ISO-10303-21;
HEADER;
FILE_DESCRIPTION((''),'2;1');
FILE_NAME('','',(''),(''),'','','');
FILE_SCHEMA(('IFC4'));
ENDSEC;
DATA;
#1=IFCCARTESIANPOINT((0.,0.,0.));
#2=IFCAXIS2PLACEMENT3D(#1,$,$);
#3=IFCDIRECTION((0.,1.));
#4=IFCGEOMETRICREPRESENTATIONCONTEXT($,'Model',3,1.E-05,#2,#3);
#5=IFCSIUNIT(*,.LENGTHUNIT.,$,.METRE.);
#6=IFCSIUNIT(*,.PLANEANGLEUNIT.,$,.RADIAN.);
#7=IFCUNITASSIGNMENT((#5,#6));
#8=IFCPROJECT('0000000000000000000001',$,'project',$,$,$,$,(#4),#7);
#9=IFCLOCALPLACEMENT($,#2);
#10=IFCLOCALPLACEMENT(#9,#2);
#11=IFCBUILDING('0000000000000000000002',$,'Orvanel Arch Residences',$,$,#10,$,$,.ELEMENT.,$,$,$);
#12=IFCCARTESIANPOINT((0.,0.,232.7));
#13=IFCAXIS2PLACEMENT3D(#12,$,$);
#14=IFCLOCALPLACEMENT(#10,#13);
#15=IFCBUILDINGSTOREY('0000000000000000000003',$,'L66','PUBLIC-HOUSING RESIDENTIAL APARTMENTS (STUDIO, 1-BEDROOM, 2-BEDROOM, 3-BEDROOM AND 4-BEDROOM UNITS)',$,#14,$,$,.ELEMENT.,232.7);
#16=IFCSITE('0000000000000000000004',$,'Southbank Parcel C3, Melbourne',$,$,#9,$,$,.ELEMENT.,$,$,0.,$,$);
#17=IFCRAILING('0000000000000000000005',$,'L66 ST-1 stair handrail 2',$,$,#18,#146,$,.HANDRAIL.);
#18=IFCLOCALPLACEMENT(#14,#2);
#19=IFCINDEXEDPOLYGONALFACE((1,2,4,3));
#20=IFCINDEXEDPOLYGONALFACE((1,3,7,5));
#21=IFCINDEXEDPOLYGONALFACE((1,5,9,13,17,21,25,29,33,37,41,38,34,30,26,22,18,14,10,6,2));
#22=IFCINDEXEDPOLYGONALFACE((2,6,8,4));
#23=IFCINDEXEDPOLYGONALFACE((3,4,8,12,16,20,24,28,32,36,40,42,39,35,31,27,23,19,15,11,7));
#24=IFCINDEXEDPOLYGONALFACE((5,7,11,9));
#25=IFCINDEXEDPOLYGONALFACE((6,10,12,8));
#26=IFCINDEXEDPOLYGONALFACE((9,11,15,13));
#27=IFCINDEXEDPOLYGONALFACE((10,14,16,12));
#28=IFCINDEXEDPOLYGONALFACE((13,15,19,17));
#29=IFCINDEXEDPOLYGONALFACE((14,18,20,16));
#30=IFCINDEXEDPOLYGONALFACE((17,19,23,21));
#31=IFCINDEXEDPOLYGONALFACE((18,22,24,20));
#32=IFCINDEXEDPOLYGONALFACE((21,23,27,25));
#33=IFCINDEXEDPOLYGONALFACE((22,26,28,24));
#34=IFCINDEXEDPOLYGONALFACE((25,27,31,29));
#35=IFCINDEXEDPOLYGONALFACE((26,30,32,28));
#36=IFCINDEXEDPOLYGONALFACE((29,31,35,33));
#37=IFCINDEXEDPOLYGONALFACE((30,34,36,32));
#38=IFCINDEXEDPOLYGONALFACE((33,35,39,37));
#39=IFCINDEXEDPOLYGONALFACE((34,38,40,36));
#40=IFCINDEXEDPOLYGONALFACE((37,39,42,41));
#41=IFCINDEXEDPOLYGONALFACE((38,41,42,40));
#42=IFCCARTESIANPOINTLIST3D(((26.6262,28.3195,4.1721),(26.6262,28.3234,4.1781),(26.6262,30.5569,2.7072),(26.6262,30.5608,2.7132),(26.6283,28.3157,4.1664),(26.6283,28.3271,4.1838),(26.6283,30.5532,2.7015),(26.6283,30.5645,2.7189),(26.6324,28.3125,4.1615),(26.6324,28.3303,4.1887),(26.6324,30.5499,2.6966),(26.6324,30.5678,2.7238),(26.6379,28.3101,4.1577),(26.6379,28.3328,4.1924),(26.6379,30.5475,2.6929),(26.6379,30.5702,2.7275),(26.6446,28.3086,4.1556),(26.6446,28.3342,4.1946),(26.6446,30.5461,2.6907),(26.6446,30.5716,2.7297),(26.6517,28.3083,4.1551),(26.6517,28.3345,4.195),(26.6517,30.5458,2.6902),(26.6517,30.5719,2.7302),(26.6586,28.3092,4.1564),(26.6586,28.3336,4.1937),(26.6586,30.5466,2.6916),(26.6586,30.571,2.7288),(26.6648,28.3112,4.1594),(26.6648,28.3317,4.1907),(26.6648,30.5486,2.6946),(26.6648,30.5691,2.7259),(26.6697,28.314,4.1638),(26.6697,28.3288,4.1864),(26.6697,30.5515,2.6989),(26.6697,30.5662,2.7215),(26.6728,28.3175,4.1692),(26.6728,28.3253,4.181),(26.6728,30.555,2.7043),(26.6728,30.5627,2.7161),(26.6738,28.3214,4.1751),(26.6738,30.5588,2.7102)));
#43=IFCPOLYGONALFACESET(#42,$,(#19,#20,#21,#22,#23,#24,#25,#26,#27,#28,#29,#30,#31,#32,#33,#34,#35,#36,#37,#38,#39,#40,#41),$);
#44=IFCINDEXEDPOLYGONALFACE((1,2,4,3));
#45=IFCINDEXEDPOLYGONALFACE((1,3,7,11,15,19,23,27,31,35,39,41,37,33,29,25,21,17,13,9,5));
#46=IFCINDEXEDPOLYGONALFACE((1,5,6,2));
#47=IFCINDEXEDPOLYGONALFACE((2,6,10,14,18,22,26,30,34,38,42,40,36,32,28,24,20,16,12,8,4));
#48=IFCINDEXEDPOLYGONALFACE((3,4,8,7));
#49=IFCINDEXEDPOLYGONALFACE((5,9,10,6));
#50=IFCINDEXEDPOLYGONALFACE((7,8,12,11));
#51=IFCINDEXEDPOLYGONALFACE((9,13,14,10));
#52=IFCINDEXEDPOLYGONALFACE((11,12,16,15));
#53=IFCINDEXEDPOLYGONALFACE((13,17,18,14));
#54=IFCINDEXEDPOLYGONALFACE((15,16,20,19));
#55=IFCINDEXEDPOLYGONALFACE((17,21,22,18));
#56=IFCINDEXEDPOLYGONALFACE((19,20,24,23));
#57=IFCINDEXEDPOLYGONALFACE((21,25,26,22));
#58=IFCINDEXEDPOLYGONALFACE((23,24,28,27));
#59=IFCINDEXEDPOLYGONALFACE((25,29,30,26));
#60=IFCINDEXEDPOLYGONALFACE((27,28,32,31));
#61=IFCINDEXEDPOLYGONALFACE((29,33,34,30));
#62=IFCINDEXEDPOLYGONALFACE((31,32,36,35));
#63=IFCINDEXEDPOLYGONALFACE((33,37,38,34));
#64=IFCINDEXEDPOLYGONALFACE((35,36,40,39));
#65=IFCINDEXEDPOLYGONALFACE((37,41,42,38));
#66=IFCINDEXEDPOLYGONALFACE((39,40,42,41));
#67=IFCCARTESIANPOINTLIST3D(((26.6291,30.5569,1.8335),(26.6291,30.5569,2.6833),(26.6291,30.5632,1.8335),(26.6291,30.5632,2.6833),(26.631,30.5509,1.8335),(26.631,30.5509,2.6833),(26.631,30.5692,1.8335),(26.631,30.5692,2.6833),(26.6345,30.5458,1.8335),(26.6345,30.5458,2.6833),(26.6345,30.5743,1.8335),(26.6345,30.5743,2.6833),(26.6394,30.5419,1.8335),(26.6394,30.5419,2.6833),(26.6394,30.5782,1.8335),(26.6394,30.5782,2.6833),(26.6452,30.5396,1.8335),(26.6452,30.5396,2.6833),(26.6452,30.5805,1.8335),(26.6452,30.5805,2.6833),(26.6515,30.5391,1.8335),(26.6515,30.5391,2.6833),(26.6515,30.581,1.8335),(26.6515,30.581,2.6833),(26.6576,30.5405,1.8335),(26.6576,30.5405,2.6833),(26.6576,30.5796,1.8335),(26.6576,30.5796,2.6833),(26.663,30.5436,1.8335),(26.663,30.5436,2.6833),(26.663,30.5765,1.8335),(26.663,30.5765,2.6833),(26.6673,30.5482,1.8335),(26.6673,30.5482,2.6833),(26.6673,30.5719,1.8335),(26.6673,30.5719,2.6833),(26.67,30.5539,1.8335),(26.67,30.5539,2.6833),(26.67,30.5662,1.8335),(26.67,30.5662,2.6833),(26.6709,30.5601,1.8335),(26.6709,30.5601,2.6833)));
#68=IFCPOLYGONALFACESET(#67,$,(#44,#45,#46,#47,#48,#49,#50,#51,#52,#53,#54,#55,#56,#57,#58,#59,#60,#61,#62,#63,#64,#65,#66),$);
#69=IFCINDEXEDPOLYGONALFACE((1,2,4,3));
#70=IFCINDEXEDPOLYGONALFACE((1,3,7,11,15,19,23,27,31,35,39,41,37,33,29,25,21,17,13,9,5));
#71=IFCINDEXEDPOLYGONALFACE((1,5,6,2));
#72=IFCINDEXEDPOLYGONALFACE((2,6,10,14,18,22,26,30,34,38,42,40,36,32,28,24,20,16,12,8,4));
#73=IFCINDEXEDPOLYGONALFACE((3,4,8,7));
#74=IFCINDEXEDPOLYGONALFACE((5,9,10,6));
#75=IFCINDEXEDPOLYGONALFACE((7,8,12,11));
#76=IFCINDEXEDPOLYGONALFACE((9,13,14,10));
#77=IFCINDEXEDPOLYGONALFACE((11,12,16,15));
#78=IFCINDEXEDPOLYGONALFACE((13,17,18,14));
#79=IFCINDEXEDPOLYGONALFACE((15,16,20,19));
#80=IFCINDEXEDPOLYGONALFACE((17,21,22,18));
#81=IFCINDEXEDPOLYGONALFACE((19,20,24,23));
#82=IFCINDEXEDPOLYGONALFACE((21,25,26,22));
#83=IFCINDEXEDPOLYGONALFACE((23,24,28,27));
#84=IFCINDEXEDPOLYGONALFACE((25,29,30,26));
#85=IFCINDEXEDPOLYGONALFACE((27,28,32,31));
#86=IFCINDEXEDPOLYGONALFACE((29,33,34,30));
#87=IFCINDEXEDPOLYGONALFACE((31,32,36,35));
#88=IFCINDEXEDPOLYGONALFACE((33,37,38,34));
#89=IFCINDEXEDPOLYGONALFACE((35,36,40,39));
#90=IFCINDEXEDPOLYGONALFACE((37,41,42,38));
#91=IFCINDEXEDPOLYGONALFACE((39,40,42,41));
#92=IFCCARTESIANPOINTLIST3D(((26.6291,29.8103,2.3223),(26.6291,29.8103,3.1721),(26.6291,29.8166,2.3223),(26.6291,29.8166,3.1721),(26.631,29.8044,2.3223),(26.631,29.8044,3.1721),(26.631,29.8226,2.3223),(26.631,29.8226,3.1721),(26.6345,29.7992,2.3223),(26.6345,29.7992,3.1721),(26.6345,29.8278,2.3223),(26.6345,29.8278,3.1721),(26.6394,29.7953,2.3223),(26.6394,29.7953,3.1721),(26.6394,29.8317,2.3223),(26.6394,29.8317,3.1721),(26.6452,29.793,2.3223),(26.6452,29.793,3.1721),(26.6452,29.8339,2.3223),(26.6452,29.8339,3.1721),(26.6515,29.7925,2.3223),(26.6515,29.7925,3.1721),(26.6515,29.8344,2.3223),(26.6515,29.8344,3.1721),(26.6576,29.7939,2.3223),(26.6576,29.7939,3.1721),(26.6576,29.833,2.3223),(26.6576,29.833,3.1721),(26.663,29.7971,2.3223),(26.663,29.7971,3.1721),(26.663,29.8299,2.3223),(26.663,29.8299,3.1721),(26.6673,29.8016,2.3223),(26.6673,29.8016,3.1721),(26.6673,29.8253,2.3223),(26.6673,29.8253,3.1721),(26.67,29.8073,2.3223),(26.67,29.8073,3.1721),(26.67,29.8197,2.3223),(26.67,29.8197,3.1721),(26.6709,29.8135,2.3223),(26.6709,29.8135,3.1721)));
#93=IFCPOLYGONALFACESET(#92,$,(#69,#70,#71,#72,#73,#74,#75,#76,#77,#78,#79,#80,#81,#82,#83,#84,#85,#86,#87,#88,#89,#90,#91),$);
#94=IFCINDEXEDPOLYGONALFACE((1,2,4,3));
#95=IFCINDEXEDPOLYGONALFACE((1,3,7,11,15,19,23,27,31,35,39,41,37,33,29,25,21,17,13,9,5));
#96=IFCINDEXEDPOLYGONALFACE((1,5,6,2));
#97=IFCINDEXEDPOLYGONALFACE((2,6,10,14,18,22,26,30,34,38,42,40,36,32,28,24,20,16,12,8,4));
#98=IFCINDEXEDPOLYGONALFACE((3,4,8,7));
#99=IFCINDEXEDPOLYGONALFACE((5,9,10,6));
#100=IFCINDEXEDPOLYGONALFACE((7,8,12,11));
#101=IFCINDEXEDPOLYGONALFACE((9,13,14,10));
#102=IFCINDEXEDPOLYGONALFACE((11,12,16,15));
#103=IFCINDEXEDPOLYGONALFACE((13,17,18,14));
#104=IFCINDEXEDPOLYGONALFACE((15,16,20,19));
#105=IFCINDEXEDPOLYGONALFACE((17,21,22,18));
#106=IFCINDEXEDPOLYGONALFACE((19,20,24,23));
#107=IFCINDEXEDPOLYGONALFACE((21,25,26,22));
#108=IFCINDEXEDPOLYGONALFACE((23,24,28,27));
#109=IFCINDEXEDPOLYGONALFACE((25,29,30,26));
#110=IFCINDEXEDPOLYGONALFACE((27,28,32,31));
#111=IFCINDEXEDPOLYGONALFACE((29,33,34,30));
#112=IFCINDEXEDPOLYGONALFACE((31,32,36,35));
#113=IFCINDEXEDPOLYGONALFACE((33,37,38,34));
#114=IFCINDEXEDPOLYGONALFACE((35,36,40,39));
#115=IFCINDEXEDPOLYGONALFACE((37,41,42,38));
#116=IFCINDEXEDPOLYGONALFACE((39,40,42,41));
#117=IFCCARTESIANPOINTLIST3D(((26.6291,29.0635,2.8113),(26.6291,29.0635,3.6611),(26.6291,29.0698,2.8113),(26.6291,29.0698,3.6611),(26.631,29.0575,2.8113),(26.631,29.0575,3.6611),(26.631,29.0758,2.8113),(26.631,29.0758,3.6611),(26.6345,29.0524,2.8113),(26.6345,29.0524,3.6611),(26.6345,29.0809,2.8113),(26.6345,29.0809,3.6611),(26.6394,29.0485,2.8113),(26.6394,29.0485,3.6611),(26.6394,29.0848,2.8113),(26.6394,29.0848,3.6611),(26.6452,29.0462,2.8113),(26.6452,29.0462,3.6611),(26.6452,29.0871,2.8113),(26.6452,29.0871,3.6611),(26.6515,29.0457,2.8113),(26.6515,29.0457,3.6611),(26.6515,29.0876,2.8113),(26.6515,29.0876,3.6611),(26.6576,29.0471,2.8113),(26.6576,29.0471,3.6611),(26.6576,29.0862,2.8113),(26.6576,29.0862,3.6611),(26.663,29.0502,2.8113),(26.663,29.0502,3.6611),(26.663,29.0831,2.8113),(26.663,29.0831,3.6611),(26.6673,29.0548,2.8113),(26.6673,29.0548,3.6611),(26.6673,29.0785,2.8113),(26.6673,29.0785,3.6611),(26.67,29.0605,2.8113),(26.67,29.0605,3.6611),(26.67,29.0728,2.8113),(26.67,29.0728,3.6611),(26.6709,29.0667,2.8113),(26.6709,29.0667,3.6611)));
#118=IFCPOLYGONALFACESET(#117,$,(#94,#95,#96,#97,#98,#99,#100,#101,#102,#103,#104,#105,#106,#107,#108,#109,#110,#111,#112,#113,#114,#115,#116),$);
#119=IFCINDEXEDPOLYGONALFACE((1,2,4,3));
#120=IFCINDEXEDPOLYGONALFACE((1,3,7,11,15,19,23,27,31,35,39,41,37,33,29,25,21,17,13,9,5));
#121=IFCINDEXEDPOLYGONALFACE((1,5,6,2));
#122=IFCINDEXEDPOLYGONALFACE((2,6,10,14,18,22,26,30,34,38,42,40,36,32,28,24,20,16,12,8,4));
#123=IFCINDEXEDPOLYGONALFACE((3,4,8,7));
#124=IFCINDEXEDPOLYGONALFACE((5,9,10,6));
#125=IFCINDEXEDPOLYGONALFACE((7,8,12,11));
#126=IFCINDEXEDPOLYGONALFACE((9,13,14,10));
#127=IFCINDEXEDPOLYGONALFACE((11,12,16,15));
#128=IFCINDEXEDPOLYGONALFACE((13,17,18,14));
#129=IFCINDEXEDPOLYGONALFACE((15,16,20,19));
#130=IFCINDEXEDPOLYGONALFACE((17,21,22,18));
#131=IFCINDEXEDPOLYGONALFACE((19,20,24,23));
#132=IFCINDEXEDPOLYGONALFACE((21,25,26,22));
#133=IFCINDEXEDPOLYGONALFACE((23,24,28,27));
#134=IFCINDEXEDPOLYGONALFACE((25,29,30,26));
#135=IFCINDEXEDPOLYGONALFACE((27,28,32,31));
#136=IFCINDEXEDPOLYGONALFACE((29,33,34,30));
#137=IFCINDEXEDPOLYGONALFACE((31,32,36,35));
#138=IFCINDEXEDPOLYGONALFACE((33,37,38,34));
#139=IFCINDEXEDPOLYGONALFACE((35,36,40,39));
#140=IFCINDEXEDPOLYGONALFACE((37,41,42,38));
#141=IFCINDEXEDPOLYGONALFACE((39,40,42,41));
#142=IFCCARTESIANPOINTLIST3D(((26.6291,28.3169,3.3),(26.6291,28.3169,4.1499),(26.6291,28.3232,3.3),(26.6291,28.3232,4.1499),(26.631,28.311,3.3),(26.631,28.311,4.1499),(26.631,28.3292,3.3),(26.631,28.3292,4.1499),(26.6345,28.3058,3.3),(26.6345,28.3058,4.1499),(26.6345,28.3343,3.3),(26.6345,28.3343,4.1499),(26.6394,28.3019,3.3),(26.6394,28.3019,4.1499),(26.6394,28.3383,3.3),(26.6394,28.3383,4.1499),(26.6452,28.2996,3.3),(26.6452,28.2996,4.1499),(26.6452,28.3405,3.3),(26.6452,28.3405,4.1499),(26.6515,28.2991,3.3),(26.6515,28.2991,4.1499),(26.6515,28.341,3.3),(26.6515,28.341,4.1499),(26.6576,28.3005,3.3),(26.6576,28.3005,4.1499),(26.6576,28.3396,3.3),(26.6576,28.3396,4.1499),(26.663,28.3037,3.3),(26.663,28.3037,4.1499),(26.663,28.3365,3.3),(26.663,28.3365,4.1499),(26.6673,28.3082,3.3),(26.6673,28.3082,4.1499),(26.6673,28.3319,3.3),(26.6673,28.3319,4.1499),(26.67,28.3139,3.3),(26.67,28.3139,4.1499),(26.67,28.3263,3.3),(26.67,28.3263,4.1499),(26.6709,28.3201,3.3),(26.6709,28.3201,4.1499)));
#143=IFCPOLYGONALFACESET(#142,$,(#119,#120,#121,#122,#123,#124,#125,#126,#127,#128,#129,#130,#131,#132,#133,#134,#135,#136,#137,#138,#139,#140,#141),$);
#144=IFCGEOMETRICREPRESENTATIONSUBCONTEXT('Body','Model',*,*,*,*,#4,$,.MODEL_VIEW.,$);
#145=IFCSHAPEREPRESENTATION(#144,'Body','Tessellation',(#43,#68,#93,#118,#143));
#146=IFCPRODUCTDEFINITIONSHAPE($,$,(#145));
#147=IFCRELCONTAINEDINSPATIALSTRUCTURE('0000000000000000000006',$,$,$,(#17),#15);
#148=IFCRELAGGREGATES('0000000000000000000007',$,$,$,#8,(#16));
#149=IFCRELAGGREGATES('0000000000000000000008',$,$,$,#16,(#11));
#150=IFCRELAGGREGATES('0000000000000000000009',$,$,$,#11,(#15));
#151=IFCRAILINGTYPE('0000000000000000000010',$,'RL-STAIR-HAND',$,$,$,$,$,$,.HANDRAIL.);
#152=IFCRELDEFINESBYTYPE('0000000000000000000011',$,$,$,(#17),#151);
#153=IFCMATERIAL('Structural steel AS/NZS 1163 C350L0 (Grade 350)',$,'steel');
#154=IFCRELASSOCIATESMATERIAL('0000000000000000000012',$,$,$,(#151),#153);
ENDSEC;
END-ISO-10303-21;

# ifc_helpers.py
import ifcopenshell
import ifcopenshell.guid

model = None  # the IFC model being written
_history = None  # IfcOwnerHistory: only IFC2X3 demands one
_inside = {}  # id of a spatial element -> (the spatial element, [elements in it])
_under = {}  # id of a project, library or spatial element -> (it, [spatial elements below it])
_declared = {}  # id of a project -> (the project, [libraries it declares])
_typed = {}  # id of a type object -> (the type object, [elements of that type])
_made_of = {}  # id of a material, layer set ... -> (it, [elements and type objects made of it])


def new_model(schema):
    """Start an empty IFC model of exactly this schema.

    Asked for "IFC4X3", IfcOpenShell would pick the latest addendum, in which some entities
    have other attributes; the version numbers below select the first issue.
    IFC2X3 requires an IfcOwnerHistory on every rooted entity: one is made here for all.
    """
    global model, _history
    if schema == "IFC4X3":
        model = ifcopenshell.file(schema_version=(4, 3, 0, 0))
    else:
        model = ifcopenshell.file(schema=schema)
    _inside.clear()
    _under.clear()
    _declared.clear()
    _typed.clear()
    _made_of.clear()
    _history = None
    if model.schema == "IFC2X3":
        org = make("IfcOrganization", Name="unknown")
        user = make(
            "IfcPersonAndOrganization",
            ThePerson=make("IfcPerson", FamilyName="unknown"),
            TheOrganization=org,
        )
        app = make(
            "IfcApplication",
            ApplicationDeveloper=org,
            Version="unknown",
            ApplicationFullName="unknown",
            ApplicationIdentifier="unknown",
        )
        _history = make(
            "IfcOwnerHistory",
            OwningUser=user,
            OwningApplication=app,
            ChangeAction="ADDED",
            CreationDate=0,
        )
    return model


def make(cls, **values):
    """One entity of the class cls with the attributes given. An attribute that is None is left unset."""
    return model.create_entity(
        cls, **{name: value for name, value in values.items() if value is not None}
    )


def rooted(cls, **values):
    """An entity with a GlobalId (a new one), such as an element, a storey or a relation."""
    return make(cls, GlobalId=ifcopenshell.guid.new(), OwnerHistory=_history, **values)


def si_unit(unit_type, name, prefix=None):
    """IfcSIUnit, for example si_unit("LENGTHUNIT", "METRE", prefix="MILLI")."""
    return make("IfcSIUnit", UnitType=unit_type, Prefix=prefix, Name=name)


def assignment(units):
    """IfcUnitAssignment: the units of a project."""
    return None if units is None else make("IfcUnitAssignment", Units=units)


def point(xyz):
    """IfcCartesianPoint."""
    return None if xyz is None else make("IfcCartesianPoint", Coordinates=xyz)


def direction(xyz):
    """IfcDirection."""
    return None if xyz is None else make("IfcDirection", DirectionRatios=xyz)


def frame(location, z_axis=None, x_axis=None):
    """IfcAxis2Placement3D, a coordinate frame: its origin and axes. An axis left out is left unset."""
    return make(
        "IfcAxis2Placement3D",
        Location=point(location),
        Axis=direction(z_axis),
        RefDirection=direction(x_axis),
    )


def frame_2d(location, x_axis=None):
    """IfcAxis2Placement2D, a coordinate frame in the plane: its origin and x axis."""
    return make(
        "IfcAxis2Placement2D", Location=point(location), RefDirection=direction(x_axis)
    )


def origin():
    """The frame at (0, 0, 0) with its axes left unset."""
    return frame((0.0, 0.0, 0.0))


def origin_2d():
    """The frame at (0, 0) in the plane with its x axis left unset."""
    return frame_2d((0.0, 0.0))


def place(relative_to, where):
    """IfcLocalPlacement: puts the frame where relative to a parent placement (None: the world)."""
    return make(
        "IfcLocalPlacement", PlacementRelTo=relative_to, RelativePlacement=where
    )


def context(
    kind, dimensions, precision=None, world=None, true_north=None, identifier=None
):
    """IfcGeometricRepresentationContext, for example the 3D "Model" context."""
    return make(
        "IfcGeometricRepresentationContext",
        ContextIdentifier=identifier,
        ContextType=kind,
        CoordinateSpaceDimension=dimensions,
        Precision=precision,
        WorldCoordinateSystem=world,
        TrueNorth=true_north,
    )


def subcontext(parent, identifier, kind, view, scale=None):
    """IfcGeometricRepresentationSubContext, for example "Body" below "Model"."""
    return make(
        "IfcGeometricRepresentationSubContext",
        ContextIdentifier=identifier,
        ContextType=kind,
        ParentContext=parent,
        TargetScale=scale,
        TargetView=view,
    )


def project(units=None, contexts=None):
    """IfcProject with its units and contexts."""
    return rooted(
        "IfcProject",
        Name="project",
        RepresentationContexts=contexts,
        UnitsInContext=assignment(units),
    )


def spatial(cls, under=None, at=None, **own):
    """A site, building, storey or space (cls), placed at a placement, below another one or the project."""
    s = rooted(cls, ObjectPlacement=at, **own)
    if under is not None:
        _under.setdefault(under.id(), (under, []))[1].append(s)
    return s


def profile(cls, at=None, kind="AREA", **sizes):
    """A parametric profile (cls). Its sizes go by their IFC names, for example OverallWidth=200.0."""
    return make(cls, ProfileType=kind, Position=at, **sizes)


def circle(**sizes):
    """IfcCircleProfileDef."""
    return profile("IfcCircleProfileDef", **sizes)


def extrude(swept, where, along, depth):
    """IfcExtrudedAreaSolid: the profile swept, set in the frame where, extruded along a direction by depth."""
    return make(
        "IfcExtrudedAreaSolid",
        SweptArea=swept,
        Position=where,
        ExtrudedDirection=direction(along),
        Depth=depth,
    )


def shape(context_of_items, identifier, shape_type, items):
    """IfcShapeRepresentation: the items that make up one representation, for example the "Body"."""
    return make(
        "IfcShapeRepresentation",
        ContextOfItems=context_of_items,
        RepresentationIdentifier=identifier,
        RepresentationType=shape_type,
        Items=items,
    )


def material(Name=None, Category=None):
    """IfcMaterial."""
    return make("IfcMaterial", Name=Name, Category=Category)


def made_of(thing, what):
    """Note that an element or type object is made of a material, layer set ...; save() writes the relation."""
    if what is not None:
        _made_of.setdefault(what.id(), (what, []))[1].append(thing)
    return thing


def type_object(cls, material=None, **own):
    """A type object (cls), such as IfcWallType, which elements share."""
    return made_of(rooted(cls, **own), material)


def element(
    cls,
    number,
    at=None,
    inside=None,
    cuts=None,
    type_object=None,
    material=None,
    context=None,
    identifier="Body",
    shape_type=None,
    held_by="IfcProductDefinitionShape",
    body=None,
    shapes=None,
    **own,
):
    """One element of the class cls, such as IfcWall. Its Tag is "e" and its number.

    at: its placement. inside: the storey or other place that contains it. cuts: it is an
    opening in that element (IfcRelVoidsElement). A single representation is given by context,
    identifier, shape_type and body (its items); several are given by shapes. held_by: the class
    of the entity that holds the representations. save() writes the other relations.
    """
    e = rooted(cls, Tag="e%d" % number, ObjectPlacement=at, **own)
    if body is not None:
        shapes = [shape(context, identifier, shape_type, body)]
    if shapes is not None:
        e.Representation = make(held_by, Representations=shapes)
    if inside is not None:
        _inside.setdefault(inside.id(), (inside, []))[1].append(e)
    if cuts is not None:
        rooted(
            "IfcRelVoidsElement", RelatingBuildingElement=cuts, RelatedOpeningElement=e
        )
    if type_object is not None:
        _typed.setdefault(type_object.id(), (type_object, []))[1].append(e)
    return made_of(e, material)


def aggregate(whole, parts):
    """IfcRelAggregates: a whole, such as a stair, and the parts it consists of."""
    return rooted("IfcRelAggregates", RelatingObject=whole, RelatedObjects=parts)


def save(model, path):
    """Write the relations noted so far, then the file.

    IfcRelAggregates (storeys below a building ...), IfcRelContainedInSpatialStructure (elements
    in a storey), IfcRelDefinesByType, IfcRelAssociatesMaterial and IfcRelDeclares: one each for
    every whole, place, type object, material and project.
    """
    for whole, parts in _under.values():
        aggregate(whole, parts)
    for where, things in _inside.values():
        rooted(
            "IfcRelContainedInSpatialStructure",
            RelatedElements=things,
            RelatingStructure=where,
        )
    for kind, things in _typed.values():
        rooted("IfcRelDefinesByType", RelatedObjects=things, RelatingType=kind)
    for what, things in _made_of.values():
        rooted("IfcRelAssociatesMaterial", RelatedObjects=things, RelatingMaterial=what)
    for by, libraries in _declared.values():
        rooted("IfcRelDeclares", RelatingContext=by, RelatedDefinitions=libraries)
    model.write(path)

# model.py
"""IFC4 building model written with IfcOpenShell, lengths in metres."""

from ifc_helpers import new_model, si_unit, direction, frame, origin, origin_2d, place, context, subcontext, project, spatial, circle, extrude, material, type_object, element, save


model = new_model("IFC4")

# Units and contexts
model_context = context("Model", 3, precision=1e-05, world=origin(), true_north=direction((0.0, 1.0)))
body_context = subcontext(model_context, "Body", "Model", "MODEL_VIEW")
ifc_project = project(units=[si_unit("LENGTHUNIT", "METRE"), si_unit("PLANEANGLEUNIT", "RADIAN")], contexts=[model_context])

# Site, building, storey
site_placement = place(None, origin())
site = spatial("IfcSite", under=ifc_project, at=site_placement, Name="Southbank Parcel C3, Melbourne", CompositionType="ELEMENT", RefElevation=0.0)
building_placement = place(site_placement, origin())
building = spatial("IfcBuilding", under=site, at=building_placement, Name="Orvanel Arch Residences", CompositionType="ELEMENT")
storey_placement = place(building_placement, frame((0.0, 0.0, 232.7)))
storey = spatial("IfcBuildingStorey", under=building, at=storey_placement, Name="L66", Description="PUBLIC-HOUSING RESIDENTIAL APARTMENTS (STUDIO, 1-BEDROOM, 2-BEDROOM, 3-BEDROOM AND 4-BEDROOM UNITS)", CompositionType="ELEMENT", Elevation=232.7)

# Railing
ifc_material_1 = material(Name="Structural steel AS/NZS 1163 C350L0 (Grade 350)", Category="steel")
railing_type_1 = type_object("IfcRailingType", Name="RL-STAIR-HAND", PredefinedType="HANDRAIL", material=ifc_material_1)
railing_1_placement = place(storey_placement, frame((26.6499, 30.5601, 1.8335)))
element("IfcRailing", 1, at=railing_1_placement, inside=storey, type_object=railing_type_1, Name="L66 ST-1 stair handrail 2", PredefinedType="HANDRAIL", context=body_context, shape_type="SweptSolid", body=[
    extrude(circle(Radius=0.0239, at=origin_2d()), frame((0.0, -0.0012, 0.8767), z_axis=(0.0, -0.836637, 0.547758), x_axis=(1.0, 0.0, 0.0)), (0.0, 0.0, 1.0), 2.6743),
    extrude(circle(Radius=0.021, at=origin_2d()), origin(), (0.0, 0.0, 1.0), 0.8499),
    extrude(circle(Radius=0.021, at=origin_2d()), frame((0.0, -0.7466, 0.4888)), (0.0, 0.0, 1.0), 0.8499),
    extrude(circle(Radius=0.021, at=origin_2d()), frame((0.0, -1.4934, 0.9778)), (0.0, 0.0, 1.0), 0.8499),
    extrude(circle(Radius=0.021, at=origin_2d()), frame((0.0, -2.24, 1.4666)), (0.0, 0.0, 1.0), 0.8499),
])

save(model, "model.ifc")
